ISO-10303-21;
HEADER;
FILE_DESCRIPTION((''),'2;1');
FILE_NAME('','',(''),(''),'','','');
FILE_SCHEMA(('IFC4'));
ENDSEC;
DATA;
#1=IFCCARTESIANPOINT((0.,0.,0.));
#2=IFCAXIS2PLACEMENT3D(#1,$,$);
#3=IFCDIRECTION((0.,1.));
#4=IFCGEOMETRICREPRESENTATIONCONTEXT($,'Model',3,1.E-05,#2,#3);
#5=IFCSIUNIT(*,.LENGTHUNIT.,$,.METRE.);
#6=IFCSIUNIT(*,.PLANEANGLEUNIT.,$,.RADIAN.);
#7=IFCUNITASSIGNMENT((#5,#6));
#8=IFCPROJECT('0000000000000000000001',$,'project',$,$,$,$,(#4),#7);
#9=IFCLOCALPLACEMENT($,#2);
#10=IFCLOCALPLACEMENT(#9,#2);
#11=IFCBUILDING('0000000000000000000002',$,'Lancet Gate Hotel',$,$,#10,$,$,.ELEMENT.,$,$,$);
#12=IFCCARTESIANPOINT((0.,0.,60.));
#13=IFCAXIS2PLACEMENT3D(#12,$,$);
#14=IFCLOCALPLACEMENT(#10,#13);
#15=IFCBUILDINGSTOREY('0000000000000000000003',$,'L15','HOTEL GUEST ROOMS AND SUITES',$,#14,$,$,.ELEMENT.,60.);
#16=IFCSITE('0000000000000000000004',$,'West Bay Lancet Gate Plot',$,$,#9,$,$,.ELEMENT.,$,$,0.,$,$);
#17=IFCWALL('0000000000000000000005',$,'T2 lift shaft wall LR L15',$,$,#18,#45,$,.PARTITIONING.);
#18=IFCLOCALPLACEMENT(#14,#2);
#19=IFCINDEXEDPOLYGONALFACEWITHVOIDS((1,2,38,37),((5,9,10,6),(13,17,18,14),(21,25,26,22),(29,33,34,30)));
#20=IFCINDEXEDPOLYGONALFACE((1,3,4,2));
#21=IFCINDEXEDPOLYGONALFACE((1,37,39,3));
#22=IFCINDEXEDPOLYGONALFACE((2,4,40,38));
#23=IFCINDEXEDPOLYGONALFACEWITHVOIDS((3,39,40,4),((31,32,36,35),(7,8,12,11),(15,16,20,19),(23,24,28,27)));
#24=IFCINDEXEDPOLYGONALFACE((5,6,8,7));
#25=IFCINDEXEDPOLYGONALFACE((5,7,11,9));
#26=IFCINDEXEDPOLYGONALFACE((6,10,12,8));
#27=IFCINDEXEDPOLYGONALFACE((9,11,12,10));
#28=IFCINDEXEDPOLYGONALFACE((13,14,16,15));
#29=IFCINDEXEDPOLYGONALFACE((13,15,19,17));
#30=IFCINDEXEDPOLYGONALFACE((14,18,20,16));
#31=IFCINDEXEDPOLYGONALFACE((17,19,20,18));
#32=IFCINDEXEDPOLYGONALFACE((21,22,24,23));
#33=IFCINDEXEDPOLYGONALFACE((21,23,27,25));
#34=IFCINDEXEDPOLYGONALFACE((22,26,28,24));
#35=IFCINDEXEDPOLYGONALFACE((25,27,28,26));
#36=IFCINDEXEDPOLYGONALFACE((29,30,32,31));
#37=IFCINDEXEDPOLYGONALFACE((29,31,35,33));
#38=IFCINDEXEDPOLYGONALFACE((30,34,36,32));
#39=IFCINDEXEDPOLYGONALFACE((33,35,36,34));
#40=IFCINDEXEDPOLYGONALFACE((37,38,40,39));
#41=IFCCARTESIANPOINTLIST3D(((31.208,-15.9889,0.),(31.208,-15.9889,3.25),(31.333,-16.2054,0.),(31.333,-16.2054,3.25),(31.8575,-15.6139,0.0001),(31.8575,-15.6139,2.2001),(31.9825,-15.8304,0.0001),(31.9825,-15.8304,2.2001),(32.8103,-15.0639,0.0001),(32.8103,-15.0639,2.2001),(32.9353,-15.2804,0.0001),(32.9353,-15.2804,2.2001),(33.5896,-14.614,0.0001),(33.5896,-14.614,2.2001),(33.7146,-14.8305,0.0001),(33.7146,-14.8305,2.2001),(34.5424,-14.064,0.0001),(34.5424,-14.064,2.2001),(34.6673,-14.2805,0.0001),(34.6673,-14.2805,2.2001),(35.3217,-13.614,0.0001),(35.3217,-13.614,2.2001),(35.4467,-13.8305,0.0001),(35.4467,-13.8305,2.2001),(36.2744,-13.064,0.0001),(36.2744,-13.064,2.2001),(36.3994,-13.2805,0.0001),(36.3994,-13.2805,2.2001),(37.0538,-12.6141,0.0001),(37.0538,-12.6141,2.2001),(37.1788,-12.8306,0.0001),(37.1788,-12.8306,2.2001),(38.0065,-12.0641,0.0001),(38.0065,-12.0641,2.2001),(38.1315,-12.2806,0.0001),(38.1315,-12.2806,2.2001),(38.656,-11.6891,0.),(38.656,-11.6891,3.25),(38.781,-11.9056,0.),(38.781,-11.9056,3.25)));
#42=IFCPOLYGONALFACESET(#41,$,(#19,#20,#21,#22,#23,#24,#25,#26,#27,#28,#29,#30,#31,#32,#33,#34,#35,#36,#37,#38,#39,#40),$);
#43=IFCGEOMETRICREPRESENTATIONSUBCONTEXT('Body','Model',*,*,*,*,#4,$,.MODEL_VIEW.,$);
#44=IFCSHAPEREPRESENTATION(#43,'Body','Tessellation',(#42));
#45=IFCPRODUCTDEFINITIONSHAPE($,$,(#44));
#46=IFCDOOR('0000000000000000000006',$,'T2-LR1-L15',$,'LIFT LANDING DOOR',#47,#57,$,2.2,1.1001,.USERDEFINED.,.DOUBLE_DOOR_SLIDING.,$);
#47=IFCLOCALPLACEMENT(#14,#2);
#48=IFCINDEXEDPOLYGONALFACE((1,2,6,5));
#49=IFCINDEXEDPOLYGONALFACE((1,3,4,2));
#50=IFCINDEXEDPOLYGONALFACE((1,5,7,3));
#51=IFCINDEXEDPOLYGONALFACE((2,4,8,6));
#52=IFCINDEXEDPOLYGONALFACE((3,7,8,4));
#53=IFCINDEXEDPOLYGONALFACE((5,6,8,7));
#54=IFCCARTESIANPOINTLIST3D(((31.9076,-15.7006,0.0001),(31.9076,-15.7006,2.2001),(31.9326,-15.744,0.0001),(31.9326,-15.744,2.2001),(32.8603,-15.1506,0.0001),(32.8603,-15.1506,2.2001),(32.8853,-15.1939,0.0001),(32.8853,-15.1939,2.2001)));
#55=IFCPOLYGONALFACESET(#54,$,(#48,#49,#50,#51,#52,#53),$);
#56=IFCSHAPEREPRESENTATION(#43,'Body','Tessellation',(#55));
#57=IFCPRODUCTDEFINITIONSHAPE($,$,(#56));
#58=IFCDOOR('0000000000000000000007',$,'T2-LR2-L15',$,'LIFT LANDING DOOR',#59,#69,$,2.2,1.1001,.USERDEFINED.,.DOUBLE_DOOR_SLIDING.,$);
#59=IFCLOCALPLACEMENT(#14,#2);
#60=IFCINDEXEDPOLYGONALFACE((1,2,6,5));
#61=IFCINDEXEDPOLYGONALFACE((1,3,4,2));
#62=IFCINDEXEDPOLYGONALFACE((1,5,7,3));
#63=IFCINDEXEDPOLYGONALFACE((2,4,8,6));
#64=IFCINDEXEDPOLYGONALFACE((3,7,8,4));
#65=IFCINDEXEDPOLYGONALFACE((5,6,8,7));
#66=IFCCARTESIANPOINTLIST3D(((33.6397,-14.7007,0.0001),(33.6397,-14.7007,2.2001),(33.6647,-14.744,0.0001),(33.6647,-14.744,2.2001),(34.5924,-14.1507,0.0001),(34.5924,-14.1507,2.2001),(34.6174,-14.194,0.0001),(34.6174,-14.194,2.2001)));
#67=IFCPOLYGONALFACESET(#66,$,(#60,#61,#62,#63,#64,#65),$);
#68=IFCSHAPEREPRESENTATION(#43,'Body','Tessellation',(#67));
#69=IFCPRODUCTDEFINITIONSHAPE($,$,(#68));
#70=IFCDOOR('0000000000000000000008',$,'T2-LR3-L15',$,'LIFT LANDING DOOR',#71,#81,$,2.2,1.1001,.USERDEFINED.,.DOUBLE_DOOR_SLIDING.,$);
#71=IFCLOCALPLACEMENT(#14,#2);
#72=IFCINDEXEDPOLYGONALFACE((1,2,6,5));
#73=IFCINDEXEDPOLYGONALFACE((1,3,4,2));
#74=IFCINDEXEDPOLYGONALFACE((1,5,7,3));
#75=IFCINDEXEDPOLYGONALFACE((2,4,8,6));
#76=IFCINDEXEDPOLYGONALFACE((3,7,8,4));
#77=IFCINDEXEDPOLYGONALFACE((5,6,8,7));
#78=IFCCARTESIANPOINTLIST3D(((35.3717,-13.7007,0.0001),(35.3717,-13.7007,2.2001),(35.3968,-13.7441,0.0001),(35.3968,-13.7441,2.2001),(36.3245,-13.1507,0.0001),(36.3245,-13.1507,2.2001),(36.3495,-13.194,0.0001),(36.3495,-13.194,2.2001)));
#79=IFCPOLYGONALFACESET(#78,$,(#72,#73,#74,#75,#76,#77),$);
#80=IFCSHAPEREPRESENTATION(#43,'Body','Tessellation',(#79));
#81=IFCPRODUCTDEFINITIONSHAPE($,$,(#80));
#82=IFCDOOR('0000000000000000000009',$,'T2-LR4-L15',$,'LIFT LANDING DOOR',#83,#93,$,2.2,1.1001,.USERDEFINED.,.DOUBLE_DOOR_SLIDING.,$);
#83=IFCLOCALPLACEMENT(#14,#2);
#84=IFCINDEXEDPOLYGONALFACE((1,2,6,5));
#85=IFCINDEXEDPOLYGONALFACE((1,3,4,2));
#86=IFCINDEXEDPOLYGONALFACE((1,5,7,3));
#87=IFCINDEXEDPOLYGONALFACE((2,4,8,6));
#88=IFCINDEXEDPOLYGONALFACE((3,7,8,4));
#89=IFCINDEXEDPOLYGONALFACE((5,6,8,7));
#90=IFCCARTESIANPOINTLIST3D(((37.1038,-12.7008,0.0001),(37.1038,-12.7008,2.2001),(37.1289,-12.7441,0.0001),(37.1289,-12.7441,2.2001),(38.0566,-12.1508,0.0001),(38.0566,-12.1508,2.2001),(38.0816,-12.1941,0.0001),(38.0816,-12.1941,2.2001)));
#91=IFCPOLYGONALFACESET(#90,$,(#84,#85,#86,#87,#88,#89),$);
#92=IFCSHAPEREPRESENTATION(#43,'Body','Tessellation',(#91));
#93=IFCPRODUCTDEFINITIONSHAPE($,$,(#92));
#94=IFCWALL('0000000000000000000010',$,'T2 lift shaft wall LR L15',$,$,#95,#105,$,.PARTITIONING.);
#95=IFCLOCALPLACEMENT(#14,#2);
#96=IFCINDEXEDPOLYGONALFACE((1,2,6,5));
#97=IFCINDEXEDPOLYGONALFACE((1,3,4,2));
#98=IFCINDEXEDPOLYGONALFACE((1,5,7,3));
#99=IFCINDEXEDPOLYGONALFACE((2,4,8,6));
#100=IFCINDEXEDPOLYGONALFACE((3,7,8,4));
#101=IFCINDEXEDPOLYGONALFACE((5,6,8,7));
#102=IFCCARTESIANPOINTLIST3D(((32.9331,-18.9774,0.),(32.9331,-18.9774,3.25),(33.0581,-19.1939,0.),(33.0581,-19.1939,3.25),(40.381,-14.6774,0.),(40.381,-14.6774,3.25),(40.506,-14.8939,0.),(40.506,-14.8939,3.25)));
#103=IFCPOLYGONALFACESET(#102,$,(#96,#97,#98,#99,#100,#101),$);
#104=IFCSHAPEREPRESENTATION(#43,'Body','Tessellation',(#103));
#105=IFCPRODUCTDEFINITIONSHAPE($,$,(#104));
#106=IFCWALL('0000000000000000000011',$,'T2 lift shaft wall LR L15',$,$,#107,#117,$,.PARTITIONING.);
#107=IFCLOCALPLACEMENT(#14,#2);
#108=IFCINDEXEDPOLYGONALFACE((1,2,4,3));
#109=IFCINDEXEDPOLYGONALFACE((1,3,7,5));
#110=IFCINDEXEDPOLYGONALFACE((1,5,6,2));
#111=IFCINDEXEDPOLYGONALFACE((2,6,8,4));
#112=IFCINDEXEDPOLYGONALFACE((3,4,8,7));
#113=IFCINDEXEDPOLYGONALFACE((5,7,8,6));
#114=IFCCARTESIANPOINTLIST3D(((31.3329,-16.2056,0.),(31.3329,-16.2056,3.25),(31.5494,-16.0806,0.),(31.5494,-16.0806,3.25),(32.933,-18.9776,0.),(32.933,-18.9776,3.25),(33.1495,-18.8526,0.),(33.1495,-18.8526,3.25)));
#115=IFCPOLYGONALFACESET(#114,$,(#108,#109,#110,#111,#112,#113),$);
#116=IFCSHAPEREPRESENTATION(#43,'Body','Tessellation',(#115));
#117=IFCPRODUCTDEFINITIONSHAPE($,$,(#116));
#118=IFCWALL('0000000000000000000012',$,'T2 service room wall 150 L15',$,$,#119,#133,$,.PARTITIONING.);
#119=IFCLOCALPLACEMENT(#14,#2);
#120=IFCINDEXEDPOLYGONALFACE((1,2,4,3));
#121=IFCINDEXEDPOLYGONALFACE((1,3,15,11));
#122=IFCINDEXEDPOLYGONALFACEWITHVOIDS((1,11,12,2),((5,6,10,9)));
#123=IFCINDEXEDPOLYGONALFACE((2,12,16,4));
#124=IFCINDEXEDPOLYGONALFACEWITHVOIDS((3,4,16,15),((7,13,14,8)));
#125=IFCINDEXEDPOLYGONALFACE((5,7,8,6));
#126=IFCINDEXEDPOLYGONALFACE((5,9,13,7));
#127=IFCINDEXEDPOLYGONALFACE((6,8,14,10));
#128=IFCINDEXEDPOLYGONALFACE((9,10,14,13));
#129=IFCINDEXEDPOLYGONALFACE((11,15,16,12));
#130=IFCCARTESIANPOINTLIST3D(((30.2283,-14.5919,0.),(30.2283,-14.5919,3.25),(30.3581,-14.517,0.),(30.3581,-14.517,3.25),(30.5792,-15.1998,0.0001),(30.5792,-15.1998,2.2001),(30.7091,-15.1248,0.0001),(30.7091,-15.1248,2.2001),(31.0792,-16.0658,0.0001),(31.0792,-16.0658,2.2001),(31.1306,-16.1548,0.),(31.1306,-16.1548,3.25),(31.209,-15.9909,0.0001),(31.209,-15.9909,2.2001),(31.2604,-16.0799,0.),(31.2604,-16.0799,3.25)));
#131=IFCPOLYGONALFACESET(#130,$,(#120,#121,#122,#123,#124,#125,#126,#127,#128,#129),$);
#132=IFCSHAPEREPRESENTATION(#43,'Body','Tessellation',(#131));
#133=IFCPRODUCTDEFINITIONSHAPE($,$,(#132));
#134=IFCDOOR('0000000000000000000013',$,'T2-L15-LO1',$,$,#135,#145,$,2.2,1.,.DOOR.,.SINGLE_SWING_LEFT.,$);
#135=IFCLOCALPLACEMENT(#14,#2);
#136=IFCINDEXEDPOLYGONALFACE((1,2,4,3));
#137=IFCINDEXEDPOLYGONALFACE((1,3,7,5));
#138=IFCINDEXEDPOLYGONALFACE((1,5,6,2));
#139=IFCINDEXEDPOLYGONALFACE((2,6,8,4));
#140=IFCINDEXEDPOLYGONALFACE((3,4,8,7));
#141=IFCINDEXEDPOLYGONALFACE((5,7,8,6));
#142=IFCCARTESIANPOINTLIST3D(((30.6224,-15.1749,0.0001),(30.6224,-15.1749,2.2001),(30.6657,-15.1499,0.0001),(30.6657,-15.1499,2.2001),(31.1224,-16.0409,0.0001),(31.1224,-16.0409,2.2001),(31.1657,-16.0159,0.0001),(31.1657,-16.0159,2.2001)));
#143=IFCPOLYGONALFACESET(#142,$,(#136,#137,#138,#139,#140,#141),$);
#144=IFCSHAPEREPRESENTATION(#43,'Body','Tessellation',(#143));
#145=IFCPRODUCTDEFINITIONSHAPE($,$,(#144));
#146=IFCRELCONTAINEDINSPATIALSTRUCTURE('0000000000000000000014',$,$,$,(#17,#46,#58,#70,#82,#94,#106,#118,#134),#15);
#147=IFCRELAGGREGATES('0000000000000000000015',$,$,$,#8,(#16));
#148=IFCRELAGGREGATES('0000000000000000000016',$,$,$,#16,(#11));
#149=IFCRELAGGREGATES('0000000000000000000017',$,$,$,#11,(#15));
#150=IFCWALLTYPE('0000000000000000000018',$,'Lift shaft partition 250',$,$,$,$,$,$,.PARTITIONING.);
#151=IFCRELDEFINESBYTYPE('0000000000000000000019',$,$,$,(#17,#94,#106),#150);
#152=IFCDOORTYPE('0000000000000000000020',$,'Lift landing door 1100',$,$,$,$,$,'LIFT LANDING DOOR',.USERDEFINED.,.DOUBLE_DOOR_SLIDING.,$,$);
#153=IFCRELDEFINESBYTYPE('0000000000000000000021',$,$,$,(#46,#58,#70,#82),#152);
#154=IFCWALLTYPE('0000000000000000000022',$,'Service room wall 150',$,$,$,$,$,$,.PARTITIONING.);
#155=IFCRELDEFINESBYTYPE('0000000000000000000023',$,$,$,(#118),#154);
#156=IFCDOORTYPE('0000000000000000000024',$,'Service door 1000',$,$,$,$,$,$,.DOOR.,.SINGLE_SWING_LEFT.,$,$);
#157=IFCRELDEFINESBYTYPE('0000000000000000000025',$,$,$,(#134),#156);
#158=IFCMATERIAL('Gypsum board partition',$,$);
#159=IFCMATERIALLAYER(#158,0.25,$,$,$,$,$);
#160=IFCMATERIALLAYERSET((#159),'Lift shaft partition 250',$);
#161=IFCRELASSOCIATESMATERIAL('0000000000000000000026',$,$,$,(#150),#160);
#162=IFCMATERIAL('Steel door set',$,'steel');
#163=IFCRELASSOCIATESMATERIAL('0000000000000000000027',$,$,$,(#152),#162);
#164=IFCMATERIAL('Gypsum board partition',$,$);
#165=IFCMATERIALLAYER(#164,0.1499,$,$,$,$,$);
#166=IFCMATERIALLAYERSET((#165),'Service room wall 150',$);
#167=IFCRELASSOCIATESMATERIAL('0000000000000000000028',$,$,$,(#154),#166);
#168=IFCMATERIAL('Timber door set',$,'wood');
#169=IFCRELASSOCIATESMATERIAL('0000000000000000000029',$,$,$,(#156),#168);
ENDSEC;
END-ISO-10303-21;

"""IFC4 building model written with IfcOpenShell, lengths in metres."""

from ifc_helpers import new_model, si_unit, direction, frame, frame_2d, origin, place, context, subcontext, project, spatial, rectangle, extrude, material, layer, layer_set, type_object, element, fill, save


model = new_model("IFC4")

# Units and contexts
model_context = context("Model", 3, precision=1e-05, world=origin(), true_north=direction((0.0, 1.0)))
body_context = subcontext(model_context, "Body", "Model", "MODEL_VIEW")
ifc_project = project(units=[si_unit("LENGTHUNIT", "METRE"), si_unit("PLANEANGLEUNIT", "RADIAN")], contexts=[model_context])

# Site, building, storey
site_placement = place(None, origin())
site = spatial("IfcSite", under=ifc_project, at=site_placement, Name="West Bay Lancet Gate Plot", CompositionType="ELEMENT", RefElevation=0.0)
building_placement = place(site_placement, origin())
building = spatial("IfcBuilding", under=site, at=building_placement, Name="Lancet Gate Hotel", CompositionType="ELEMENT")
storey_placement = place(building_placement, frame((0.0, 0.0, 60.0)))
storey = spatial("IfcBuildingStorey", under=building, at=storey_placement, Name="L15", Description="HOTEL GUEST ROOMS AND SUITES", CompositionType="ELEMENT", Elevation=60.0)

# Wall, openings, doors
ifc_material_1 = material(Name="Gypsum board partition")
ifc_layer_1 = layer(ifc_material_1, 0.25)
ifc_layer_set_1 = layer_set([ifc_layer_1], Name="Lift shaft partition 250")
wall_type_1 = type_object("IfcWallType", Name="Lift shaft partition 250", PredefinedType="PARTITIONING", material=ifc_layer_set_1)
wall_1_placement = place(storey_placement, frame((31.2705, -16.0972, 0.0), z_axis=(0.0, 0.0, 1.0), x_axis=(0.86604, 0.499974, 0.0)))
wall_1 = element("IfcWall", 1, at=wall_1_placement, inside=storey, type_object=wall_type_1, Name="T2 lift shaft wall LR L15", PredefinedType="PARTITIONING", context=body_context, shape_type="SweptSolid", body=[
    extrude(rectangle(XDim=8.6001, YDim=0.25, at=frame_2d((4.3, 0.0))), origin(), (0.0, 0.0, 1.0), 3.25),
])
opening_1_placement = place(wall_1_placement, frame((0.75, 0.0, 0.0)))
opening_1 = element("IfcOpeningElement", 2, at=opening_1_placement, cuts=wall_1, PredefinedType="OPENING", context=body_context, shape_type="SweptSolid", body=[
    extrude(rectangle(XDim=1.1001, YDim=2.2, at=frame_2d((0.55, 1.1001))), frame((0.0, 0.135, 0.0), z_axis=(0.0, -1.0, 0.0), x_axis=(1.0, 0.0, 0.0)), (0.0, 0.0, 1.0), 0.27),
])
opening_2_placement = place(wall_1_placement, frame((2.75, 0.0, 0.0)))
opening_2 = element("IfcOpeningElement", 3, at=opening_2_placement, cuts=wall_1, PredefinedType="OPENING", context=body_context, shape_type="SweptSolid", body=[
    extrude(rectangle(XDim=1.1001, YDim=2.2, at=frame_2d((0.55, 1.1001))), frame((0.0, 0.135, 0.0), z_axis=(0.0, -1.0, 0.0), x_axis=(1.0, 0.0, 0.0)), (0.0, 0.0, 1.0), 0.27),
])
opening_3_placement = place(wall_1_placement, frame((4.75, 0.0, 0.0)))
opening_3 = element("IfcOpeningElement", 4, at=opening_3_placement, cuts=wall_1, PredefinedType="OPENING", context=body_context, shape_type="SweptSolid", body=[
    extrude(rectangle(XDim=1.1001, YDim=2.2, at=frame_2d((0.55, 1.1001))), frame((0.0, 0.135, 0.0), z_axis=(0.0, -1.0, 0.0), x_axis=(1.0, 0.0, 0.0)), (0.0, 0.0, 1.0), 0.27),
])
opening_4_placement = place(wall_1_placement, frame((6.75, 0.0, 0.0)))
opening_4 = element("IfcOpeningElement", 5, at=opening_4_placement, cuts=wall_1, PredefinedType="OPENING", context=body_context, shape_type="SweptSolid", body=[
    extrude(rectangle(XDim=1.1001, YDim=2.2, at=frame_2d((0.55, 1.1001))), frame((0.0, 0.135, 0.0), z_axis=(0.0, -1.0, 0.0), x_axis=(1.0, 0.0, 0.0)), (0.0, 0.0, 1.0), 0.27),
])
ifc_material_2 = material(Name="Steel door set", Category="steel")
door_type_1 = type_object("IfcDoorType", Name="Lift landing door 1100", ElementType="LIFT LANDING DOOR", OperationType="DOUBLE_DOOR_SLIDING", PredefinedType="USERDEFINED", material=ifc_material_2)
door_1_placement = place(opening_1_placement, origin())
door_1 = element("IfcDoor", 6, at=door_1_placement, inside=storey, type_object=door_type_1, Name="T2-LR1-L15", ObjectType="LIFT LANDING DOOR", OperationType="DOUBLE_DOOR_SLIDING", OverallHeight=2.2, OverallWidth=1.1001, PredefinedType="USERDEFINED", context=body_context, shape_type="SweptSolid", body=[
    extrude(rectangle(XDim=1.1001, YDim=2.2, at=frame_2d((0.55, 1.1001))), frame((0.0, 0.0249, 0.0), z_axis=(0.0, -1.0, 0.0), x_axis=(1.0, 0.0, 0.0)), (0.0, 0.0, 1.0), 0.05),
])
fill(opening_1, door_1)
door_2_placement = place(opening_2_placement, origin())
door_2 = element("IfcDoor", 7, at=door_2_placement, inside=storey, type_object=door_type_1, Name="T2-LR2-L15", ObjectType="LIFT LANDING DOOR", OperationType="DOUBLE_DOOR_SLIDING", OverallHeight=2.2, OverallWidth=1.1001, PredefinedType="USERDEFINED", context=body_context, shape_type="SweptSolid", body=[
    extrude(rectangle(XDim=1.1001, YDim=2.2, at=frame_2d((0.55, 1.1001))), frame((0.0, 0.0249, 0.0), z_axis=(0.0, -1.0, 0.0), x_axis=(1.0, 0.0, 0.0)), (0.0, 0.0, 1.0), 0.05),
])
fill(opening_2, door_2)
door_3_placement = place(opening_3_placement, origin())
door_3 = element("IfcDoor", 8, at=door_3_placement, inside=storey, type_object=door_type_1, Name="T2-LR3-L15", ObjectType="LIFT LANDING DOOR", OperationType="DOUBLE_DOOR_SLIDING", OverallHeight=2.2, OverallWidth=1.1001, PredefinedType="USERDEFINED", context=body_context, shape_type="SweptSolid", body=[
    extrude(rectangle(XDim=1.1001, YDim=2.2, at=frame_2d((0.55, 1.1001))), frame((0.0, 0.0249, 0.0), z_axis=(0.0, -1.0, 0.0), x_axis=(1.0, 0.0, 0.0)), (0.0, 0.0, 1.0), 0.05),
])
fill(opening_3, door_3)
door_4_placement = place(opening_4_placement, origin())
door_4 = element("IfcDoor", 9, at=door_4_placement, inside=storey, type_object=door_type_1, Name="T2-LR4-L15", ObjectType="LIFT LANDING DOOR", OperationType="DOUBLE_DOOR_SLIDING", OverallHeight=2.2, OverallWidth=1.1001, PredefinedType="USERDEFINED", context=body_context, shape_type="SweptSolid", body=[
    extrude(rectangle(XDim=1.1001, YDim=2.2, at=frame_2d((0.55, 1.1001))), frame((0.0, 0.0249, 0.0), z_axis=(0.0, -1.0, 0.0), x_axis=(1.0, 0.0, 0.0)), (0.0, 0.0, 1.0), 0.05),
])
fill(opening_4, door_4)

# Walls
wall_2_placement = place(storey_placement, frame((32.9956, -19.0857, 0.0), z_axis=(0.0, 0.0, 1.0), x_axis=(0.866028, 0.499995, 0.0)))
element("IfcWall", 10, at=wall_2_placement, inside=storey, type_object=wall_type_1, Name="T2 lift shaft wall LR L15", PredefinedType="PARTITIONING", context=body_context, shape_type="SweptSolid", body=[
    extrude(rectangle(XDim=8.6001, YDim=0.25, at=frame_2d((4.3, 0.0))), origin(), (0.0, 0.0, 1.0), 3.25),
])
wall_3_placement = place(storey_placement, frame((31.4412, -16.1431, 0.0), z_axis=(0.0, 0.0, 1.0), x_axis=(0.499929, -0.866066, 0.0)))
element("IfcWall", 11, at=wall_3_placement, inside=storey, type_object=wall_type_1, Name="T2 lift shaft wall LR L15", PredefinedType="PARTITIONING", context=body_context, shape_type="SweptSolid", body=[
    extrude(rectangle(XDim=3.2007, YDim=0.25, at=frame_2d((1.6003, 0.0))), origin(), (0.0, 0.0, 1.0), 3.25),
])

# Wall, opening, door
ifc_material_3 = material(Name="Gypsum board partition")
ifc_layer_2 = layer(ifc_material_3, 0.1499)
ifc_layer_set_2 = layer_set([ifc_layer_2], Name="Service room wall 150")
wall_type_2 = type_object("IfcWallType", Name="Service room wall 150", PredefinedType="PARTITIONING", material=ifc_layer_set_2)
wall_4_placement = place(storey_placement, frame((30.2932, -14.5544, 0.0), z_axis=(0.0, 0.0, 1.0), x_axis=(0.49998, -0.866037, 0.0)))
wall_4 = element("IfcWall", 12, at=wall_4_placement, inside=storey, type_object=wall_type_2, Name="T2 service room wall 150 L15", PredefinedType="PARTITIONING", context=body_context, shape_type="SweptSolid", body=[
    extrude(rectangle(XDim=1.8047, YDim=0.1499, at=frame_2d((0.9023, 0.0))), origin(), (0.0, 0.0, 1.0), 3.25),
])
opening_5_placement = place(wall_4_placement, frame((0.7019, 0.0, 0.0)))
opening_5 = element("IfcOpeningElement", 13, at=opening_5_placement, cuts=wall_4, PredefinedType="OPENING", context=body_context, shape_type="SweptSolid", body=[
    extrude(rectangle(XDim=1.0, YDim=2.2, at=frame_2d((0.5, 1.1001))), frame((0.0, 0.085, 0.0), z_axis=(0.0, -1.0, 0.0), x_axis=(1.0, 0.0, 0.0)), (0.0, 0.0, 1.0), 0.1699),
])
ifc_material_4 = material(Name="Timber door set", Category="wood")
door_type_2 = type_object("IfcDoorType", Name="Service door 1000", OperationType="SINGLE_SWING_LEFT", PredefinedType="DOOR", material=ifc_material_4)
door_5_placement = place(opening_5_placement, origin())
door_5 = element("IfcDoor", 14, at=door_5_placement, inside=storey, type_object=door_type_2, Name="T2-L15-LO1", OperationType="SINGLE_SWING_LEFT", OverallHeight=2.2, OverallWidth=1.0, PredefinedType="DOOR", context=body_context, shape_type="SweptSolid", body=[
    extrude(rectangle(XDim=1.0, YDim=2.2, at=frame_2d((0.5, 1.1001))), frame((0.0, 0.0249, 0.0), z_axis=(0.0, -1.0, 0.0), x_axis=(1.0, 0.0, 0.0)), (0.0, 0.0, 1.0), 0.05),
])
fill(opening_5, door_5)

save(model, "model.ifc")
